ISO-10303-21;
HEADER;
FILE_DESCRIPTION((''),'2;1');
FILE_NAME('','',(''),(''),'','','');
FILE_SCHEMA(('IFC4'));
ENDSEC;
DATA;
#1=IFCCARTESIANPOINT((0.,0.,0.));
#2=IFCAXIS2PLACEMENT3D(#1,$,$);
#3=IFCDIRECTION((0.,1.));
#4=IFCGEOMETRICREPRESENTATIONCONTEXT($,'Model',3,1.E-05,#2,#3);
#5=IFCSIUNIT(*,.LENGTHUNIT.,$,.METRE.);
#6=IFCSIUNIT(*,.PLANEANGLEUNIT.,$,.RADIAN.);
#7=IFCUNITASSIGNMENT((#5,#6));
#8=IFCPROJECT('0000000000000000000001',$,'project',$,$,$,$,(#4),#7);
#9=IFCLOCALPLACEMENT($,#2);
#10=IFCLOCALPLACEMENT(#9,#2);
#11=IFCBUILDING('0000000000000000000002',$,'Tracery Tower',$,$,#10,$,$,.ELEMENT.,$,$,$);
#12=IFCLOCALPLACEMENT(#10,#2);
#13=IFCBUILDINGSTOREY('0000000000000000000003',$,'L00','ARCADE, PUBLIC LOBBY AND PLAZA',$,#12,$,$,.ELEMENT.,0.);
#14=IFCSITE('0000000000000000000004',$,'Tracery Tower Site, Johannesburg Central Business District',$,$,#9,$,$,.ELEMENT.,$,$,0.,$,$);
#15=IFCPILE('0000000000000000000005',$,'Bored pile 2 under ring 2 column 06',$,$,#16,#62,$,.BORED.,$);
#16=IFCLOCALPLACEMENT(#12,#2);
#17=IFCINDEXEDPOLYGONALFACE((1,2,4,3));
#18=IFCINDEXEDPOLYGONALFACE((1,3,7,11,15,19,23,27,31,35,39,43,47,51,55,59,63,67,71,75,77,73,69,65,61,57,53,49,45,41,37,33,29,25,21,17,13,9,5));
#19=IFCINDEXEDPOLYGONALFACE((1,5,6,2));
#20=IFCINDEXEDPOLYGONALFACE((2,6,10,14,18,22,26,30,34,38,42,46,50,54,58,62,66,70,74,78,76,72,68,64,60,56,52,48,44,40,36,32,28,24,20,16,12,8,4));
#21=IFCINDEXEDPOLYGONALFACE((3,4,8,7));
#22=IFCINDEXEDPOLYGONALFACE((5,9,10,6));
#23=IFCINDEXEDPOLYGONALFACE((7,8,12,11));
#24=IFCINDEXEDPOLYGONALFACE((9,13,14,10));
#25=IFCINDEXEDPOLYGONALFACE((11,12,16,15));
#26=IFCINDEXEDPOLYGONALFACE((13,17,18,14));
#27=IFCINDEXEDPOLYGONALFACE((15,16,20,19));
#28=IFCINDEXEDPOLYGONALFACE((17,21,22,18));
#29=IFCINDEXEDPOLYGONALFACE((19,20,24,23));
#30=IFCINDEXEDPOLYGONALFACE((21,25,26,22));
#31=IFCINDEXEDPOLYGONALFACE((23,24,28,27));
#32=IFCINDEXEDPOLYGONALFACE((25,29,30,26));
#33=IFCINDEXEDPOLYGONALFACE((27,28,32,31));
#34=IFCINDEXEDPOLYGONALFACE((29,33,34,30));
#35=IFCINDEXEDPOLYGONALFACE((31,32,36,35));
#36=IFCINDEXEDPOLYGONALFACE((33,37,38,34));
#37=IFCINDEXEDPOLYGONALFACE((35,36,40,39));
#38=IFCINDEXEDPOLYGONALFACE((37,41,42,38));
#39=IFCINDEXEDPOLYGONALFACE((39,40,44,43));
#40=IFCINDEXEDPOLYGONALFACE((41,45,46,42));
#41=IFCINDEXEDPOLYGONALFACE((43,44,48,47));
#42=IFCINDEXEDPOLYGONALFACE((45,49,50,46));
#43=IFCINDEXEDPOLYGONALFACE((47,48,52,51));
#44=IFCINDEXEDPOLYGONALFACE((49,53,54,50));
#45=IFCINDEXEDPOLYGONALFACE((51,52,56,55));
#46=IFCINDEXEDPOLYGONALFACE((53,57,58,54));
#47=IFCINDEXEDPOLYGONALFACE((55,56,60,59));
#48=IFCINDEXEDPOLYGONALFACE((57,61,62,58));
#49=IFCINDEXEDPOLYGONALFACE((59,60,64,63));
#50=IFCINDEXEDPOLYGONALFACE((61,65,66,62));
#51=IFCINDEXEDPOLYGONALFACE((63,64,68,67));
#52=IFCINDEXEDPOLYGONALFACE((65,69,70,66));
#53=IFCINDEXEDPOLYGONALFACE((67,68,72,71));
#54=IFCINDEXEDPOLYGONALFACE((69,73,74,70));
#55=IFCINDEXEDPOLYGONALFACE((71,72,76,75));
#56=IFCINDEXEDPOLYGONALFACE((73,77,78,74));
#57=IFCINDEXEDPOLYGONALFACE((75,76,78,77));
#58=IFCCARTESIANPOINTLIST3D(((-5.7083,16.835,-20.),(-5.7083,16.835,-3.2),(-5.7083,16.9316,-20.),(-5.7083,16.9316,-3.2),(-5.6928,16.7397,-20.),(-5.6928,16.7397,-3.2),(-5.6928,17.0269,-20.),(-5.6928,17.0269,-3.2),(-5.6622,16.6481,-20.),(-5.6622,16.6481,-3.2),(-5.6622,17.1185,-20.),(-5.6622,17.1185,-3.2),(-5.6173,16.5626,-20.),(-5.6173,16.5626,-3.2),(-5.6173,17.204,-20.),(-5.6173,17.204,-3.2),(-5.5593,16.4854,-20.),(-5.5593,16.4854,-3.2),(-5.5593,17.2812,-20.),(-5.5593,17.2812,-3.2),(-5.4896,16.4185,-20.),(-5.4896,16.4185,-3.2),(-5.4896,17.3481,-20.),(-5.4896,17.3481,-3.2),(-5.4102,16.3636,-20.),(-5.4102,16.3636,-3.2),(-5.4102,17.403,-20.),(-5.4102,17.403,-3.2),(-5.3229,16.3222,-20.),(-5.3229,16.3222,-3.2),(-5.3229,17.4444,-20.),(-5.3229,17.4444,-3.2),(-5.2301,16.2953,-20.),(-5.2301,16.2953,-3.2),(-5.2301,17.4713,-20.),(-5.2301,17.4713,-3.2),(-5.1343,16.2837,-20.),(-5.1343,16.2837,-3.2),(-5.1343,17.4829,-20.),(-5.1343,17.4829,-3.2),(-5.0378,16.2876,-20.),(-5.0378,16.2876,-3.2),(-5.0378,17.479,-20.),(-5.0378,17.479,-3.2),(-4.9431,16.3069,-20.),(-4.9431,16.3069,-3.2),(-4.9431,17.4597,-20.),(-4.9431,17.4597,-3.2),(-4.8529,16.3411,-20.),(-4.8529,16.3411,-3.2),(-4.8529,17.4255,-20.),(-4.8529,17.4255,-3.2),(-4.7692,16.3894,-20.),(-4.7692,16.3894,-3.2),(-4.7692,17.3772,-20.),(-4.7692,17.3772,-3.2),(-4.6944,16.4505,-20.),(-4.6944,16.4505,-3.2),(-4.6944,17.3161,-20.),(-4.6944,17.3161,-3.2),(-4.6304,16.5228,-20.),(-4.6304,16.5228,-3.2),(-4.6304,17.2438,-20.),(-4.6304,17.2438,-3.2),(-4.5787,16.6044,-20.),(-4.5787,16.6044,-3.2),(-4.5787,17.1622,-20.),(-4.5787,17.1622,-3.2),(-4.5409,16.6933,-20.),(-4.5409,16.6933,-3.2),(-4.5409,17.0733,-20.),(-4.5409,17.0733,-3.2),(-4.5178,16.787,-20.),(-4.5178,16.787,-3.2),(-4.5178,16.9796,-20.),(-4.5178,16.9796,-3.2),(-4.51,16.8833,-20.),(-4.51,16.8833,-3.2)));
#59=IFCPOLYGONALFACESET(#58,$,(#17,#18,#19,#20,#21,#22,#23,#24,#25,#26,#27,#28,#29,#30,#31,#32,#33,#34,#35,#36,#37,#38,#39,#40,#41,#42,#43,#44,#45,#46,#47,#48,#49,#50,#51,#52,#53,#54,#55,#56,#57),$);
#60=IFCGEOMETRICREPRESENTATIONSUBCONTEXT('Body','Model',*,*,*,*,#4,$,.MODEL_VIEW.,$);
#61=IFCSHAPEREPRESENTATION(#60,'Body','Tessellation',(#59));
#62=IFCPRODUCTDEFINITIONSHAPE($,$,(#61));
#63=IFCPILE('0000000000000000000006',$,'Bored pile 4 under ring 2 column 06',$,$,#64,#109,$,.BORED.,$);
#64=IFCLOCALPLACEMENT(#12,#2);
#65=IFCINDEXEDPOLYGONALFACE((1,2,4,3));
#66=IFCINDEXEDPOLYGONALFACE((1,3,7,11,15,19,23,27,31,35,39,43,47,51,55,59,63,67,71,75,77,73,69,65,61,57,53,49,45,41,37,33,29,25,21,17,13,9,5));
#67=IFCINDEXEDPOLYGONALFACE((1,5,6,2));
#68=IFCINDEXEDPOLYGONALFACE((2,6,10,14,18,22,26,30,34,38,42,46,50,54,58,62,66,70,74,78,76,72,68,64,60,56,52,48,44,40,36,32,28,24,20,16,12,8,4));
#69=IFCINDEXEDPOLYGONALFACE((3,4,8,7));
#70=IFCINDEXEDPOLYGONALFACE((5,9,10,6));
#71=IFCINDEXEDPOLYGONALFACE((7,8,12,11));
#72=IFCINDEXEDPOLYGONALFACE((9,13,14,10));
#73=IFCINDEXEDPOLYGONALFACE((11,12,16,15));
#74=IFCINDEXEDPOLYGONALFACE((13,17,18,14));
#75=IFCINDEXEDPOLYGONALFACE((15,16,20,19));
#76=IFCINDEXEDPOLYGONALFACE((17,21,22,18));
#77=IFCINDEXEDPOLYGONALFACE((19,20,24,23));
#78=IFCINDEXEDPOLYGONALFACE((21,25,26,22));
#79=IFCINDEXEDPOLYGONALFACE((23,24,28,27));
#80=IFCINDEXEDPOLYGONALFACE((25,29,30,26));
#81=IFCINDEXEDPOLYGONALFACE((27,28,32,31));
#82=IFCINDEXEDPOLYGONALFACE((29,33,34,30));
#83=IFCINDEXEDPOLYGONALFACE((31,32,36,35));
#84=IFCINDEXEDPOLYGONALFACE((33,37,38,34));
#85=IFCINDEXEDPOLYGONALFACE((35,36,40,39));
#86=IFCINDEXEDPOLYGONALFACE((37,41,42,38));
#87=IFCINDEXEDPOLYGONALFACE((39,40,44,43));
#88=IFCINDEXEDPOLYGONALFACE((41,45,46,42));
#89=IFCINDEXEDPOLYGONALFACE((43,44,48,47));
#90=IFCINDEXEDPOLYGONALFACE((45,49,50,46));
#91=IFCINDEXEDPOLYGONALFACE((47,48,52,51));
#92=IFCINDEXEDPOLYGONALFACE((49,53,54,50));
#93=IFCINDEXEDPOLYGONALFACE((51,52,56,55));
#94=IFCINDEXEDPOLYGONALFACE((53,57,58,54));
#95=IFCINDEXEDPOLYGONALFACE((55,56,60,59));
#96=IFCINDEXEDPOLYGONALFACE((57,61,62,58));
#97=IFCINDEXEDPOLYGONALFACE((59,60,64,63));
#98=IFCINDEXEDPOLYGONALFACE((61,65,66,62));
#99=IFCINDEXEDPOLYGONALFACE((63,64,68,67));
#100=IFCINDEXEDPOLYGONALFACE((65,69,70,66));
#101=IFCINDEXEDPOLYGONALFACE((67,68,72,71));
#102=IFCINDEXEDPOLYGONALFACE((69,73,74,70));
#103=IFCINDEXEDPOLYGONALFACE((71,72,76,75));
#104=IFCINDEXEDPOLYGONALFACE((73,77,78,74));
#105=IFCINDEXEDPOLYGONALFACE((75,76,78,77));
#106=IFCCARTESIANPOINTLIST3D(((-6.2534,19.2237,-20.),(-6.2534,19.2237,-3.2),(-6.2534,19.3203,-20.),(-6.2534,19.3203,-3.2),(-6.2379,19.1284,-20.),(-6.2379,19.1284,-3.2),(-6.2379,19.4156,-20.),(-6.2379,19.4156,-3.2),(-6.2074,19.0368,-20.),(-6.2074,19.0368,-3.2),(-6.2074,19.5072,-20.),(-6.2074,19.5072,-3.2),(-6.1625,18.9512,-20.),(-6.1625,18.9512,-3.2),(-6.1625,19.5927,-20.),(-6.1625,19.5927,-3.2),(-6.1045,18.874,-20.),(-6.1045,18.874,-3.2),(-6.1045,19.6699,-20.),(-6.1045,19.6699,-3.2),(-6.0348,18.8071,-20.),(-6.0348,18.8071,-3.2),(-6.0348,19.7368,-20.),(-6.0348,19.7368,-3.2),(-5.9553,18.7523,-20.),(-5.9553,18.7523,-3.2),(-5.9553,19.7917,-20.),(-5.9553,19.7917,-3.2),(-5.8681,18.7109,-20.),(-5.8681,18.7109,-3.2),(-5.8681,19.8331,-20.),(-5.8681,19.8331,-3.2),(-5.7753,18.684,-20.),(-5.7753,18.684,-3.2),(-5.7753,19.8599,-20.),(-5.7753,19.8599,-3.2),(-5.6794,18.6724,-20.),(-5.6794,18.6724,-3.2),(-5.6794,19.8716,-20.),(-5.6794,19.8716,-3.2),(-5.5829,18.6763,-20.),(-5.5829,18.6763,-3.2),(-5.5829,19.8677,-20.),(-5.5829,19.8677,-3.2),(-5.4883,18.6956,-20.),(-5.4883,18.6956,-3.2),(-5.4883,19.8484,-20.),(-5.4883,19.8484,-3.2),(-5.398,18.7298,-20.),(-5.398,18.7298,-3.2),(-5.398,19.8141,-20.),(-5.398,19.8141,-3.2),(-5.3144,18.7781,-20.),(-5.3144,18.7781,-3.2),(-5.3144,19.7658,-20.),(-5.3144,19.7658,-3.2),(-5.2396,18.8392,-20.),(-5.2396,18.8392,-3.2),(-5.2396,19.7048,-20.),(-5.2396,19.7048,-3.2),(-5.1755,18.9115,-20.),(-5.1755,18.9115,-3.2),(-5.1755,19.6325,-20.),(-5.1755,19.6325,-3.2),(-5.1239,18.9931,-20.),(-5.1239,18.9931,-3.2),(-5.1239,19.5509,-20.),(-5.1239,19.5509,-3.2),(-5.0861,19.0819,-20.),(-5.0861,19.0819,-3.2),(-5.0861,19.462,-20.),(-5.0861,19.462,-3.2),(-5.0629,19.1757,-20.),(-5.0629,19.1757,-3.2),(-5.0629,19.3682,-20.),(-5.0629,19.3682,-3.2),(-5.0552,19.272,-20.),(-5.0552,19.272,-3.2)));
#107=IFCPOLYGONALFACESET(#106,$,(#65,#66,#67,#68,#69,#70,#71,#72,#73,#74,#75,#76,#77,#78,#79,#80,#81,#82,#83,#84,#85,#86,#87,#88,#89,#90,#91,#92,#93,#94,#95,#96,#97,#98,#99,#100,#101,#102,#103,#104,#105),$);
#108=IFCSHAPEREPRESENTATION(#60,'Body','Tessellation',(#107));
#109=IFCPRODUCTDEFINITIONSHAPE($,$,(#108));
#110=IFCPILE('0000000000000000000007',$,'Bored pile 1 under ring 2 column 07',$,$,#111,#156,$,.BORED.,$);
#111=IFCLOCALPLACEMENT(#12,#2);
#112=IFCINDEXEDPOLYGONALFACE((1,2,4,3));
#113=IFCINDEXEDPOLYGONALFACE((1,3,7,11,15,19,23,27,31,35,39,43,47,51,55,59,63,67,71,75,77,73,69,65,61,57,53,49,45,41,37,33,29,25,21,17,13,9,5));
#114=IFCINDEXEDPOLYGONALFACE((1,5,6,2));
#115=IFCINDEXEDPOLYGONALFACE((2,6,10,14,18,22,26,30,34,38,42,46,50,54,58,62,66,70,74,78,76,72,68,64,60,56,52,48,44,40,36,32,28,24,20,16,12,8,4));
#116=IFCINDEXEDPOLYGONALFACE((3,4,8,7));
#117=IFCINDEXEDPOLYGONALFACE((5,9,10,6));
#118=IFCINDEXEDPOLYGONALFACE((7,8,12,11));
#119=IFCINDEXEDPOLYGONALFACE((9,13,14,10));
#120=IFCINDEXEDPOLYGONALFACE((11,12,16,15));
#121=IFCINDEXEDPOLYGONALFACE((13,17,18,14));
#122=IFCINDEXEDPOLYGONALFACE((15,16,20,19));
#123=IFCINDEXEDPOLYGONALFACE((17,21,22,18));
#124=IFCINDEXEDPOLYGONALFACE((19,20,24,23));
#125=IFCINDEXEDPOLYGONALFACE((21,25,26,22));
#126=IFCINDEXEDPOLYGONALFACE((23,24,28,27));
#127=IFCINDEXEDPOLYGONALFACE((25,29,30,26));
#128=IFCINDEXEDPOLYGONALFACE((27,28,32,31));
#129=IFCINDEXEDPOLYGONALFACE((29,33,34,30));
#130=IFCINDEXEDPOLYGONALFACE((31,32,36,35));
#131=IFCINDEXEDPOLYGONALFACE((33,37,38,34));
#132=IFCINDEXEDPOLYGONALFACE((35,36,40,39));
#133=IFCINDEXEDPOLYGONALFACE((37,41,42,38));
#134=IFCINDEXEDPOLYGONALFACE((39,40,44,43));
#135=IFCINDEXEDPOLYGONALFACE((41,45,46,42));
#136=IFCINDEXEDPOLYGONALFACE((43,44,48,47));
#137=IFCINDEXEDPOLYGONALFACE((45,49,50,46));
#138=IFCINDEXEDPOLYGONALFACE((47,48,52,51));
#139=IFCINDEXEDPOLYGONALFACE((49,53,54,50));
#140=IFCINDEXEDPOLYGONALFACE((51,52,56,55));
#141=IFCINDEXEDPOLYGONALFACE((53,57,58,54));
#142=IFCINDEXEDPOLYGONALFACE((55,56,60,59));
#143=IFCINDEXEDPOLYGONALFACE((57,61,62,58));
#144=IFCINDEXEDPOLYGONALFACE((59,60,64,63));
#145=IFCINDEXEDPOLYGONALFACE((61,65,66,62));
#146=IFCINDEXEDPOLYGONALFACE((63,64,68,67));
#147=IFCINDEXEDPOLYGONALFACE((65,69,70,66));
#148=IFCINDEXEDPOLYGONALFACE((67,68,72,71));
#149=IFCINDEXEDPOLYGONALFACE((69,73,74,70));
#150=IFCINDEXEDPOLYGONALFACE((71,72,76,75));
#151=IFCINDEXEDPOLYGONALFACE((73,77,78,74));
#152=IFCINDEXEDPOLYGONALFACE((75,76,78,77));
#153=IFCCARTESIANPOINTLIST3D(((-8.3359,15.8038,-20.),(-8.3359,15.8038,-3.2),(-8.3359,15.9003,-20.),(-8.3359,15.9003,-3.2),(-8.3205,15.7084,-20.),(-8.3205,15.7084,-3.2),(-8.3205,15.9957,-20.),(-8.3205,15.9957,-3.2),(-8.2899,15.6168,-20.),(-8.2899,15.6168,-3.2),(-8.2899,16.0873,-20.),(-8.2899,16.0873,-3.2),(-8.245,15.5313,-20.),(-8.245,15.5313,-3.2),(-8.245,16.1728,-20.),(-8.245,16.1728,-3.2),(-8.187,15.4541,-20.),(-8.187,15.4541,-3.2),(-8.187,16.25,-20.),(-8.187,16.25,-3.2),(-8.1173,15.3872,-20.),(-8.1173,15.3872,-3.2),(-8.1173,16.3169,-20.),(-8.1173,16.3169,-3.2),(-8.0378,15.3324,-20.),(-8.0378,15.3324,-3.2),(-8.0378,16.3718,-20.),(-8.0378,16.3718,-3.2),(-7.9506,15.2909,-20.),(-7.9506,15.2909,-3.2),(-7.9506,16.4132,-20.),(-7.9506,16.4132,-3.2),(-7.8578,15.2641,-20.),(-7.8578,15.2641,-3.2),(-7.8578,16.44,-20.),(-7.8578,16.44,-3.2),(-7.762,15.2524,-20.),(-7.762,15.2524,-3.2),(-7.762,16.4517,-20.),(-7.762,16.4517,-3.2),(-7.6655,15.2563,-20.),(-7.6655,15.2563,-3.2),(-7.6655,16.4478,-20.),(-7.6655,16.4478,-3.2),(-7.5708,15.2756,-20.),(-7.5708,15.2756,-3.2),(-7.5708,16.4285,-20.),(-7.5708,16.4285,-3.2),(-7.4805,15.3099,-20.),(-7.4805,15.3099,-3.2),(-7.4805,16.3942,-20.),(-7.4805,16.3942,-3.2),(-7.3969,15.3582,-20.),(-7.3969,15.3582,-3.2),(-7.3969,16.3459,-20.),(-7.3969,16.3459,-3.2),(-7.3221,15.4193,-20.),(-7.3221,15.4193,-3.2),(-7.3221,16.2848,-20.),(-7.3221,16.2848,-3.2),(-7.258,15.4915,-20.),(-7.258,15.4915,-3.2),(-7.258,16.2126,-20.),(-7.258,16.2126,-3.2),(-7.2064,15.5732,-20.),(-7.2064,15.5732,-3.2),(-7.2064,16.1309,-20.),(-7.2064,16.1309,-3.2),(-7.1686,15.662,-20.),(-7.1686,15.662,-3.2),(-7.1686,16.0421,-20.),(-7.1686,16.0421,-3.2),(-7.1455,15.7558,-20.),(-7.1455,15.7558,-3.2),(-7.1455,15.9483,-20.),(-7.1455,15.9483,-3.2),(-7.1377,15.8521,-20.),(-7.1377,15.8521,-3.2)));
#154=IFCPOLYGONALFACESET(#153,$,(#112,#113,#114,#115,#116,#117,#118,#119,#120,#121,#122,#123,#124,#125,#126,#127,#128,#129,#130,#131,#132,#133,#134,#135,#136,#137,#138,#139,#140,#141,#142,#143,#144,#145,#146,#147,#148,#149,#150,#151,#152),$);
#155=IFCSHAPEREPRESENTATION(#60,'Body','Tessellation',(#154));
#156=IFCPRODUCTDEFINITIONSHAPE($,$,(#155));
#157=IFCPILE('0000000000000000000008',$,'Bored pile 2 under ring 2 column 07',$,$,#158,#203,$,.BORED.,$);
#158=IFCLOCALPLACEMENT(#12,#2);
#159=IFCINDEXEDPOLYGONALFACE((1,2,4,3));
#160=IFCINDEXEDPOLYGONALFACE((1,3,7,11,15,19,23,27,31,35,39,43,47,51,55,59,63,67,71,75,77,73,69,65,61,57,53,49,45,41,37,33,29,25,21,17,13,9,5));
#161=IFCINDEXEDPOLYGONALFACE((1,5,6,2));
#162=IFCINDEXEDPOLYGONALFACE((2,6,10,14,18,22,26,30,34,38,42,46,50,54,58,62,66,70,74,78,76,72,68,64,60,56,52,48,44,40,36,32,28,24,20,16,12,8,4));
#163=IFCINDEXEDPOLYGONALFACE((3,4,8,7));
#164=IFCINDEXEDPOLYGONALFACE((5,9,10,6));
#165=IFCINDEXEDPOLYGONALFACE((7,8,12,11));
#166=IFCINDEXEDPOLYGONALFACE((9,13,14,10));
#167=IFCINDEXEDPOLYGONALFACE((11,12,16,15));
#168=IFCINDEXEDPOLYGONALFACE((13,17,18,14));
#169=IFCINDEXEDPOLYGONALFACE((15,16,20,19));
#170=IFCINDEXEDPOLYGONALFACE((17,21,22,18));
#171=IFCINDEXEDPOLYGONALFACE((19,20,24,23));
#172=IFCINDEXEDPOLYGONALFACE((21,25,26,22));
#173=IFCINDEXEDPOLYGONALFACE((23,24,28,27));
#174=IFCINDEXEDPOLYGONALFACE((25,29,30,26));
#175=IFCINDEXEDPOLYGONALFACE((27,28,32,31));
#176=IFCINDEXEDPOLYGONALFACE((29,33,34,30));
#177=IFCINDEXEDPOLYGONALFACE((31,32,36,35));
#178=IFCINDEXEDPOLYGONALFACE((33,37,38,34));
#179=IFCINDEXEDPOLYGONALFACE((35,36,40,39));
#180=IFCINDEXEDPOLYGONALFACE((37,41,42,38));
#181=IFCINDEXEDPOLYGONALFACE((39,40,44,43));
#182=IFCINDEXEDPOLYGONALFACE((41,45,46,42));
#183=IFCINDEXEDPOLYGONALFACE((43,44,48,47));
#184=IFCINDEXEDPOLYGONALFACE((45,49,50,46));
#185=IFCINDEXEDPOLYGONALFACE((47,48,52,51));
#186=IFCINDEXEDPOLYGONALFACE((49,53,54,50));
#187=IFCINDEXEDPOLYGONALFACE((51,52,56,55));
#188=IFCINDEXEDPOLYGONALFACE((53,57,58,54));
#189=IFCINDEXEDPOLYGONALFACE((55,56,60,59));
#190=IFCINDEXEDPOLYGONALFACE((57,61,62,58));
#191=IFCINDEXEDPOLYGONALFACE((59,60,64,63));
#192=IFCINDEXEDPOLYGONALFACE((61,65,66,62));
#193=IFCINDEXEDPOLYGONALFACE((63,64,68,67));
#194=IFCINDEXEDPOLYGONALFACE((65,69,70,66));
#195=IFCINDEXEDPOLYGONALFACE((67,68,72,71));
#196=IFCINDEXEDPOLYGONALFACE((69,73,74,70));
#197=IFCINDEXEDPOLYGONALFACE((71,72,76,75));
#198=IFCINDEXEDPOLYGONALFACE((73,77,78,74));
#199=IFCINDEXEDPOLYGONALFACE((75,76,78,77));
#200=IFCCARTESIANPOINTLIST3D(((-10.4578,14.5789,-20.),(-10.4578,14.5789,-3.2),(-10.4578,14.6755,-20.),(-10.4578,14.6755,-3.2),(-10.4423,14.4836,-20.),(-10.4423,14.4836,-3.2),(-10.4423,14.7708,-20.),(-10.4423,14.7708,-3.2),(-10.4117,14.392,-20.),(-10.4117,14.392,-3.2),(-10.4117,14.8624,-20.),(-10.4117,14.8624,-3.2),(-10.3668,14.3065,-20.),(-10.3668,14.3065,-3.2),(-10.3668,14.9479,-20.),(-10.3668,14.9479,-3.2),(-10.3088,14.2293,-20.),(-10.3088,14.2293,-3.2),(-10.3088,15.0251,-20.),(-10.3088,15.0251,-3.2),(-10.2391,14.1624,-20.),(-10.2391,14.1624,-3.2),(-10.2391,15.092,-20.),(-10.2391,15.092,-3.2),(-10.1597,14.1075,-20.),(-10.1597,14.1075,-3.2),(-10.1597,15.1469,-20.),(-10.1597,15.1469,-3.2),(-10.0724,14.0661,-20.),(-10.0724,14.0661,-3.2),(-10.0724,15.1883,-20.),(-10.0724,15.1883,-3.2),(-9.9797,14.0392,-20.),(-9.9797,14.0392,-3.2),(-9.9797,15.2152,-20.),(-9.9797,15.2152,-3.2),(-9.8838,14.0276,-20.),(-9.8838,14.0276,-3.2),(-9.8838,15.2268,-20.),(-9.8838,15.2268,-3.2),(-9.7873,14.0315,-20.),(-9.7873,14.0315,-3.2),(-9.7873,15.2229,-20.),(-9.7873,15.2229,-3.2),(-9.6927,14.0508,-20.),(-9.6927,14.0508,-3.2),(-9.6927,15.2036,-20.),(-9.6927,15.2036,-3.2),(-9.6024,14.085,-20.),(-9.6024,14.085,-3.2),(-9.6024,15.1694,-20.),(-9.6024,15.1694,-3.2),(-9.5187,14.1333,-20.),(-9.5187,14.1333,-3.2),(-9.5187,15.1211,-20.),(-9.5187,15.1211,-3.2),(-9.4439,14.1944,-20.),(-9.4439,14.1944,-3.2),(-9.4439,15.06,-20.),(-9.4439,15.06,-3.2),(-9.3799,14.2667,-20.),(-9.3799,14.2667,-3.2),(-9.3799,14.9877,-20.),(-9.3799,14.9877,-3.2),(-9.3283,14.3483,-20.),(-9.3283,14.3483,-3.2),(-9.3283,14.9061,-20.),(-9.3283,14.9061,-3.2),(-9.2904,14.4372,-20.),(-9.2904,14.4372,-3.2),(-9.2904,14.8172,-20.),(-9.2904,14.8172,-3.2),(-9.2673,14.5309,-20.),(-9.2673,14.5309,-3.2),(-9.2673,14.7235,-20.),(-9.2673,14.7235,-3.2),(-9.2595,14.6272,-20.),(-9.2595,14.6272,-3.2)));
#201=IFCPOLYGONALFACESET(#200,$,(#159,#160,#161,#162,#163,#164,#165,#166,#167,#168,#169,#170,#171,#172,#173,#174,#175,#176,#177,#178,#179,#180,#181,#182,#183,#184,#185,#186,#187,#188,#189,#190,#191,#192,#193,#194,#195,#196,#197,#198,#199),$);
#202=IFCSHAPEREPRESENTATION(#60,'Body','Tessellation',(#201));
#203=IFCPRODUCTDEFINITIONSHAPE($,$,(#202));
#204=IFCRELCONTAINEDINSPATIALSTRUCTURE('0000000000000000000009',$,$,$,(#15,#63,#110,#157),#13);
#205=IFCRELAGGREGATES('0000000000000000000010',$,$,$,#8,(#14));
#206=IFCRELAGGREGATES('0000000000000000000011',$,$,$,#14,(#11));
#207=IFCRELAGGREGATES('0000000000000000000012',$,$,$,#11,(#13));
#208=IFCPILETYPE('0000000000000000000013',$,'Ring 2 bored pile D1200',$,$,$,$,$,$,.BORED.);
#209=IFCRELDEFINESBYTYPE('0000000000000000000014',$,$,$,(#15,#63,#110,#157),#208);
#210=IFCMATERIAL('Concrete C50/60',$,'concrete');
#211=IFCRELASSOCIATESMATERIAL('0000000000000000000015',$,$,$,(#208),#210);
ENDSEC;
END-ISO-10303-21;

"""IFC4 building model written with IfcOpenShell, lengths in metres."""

from ifc_helpers import new_model, si_unit, direction, frame, origin, origin_2d, place, context, subcontext, project, spatial, circle, extrude, material, material_profile, profile_set, type_object, element, save


model = new_model("IFC4")

# Units and contexts
model_context = context("Model", 3, precision=1e-05, world=origin(), true_north=direction((0.0, 1.0)))
body_context = subcontext(model_context, "Body", "Model", "MODEL_VIEW")
ifc_project = project(units=[si_unit("LENGTHUNIT", "METRE"), si_unit("PLANEANGLEUNIT", "RADIAN")], contexts=[model_context])

# Site, building, storey
site_placement = place(None, origin())
site = spatial("IfcSite", under=ifc_project, at=site_placement, Name="Tracery Tower Site, Johannesburg Central Business District", CompositionType="ELEMENT", RefElevation=0.0)
building_placement = place(site_placement, origin())
building = spatial("IfcBuilding", under=site, at=building_placement, Name="Tracery Tower", CompositionType="ELEMENT")
storey_placement = place(building_placement, origin())
storey = spatial("IfcBuildingStorey", under=building, at=storey_placement, Name="L00", Description="ARCADE, PUBLIC LOBBY AND PLAZA", CompositionType="ELEMENT", Elevation=0.0)

# Piles
ifc_material_1 = material(Name="Concrete C50/60", Category="concrete")
ifc_material_profile_1 = material_profile(ifc_material_1, circle(Radius=0.6001, at=origin_2d()), Name="RC D1200")
ifc_profile_set_1 = profile_set([ifc_material_profile_1], Name="Concrete C50/60")
pile_type_1 = type_object("IfcPileType", Name="Ring 2 bored pile D1200", PredefinedType="BORED", material=ifc_profile_set_1)
for number, where, z_axis, x_axis, name in (
    (1, (-5.1101, 16.8833, -3.2), (0.0, 0.0, -1.0), (1.0, 0.0, 0.0), "Bored pile 2 under ring 2 column 06"),
    (2, (-5.6553, 19.272, -3.2), (0.0, 0.0, -1.0), (1.0, 0.0, 0.0), "Bored pile 4 under ring 2 column 06"),
    (3, (-7.7378, 15.8521, -3.2), (0.0, 0.0, -1.0), (1.0, 0.0, 0.0), "Bored pile 1 under ring 2 column 07"),
    (4, (-9.8596, 14.6272, -3.2), (0.0, 0.0, -1.0), (1.0, 0.0, 0.0), "Bored pile 2 under ring 2 column 07"),
):
    element("IfcPile", number, at=place(storey_placement, frame(where, z_axis=z_axis, x_axis=x_axis)), inside=storey, type_object=pile_type_1, Name=name, PredefinedType="BORED", context=body_context, shape_type="SweptSolid", body=[
        extrude(circle(Radius=0.6001, at=origin_2d()), origin(), (0.0, 0.0, 1.0), 16.8),
    ])

save(model, "model.ifc")
